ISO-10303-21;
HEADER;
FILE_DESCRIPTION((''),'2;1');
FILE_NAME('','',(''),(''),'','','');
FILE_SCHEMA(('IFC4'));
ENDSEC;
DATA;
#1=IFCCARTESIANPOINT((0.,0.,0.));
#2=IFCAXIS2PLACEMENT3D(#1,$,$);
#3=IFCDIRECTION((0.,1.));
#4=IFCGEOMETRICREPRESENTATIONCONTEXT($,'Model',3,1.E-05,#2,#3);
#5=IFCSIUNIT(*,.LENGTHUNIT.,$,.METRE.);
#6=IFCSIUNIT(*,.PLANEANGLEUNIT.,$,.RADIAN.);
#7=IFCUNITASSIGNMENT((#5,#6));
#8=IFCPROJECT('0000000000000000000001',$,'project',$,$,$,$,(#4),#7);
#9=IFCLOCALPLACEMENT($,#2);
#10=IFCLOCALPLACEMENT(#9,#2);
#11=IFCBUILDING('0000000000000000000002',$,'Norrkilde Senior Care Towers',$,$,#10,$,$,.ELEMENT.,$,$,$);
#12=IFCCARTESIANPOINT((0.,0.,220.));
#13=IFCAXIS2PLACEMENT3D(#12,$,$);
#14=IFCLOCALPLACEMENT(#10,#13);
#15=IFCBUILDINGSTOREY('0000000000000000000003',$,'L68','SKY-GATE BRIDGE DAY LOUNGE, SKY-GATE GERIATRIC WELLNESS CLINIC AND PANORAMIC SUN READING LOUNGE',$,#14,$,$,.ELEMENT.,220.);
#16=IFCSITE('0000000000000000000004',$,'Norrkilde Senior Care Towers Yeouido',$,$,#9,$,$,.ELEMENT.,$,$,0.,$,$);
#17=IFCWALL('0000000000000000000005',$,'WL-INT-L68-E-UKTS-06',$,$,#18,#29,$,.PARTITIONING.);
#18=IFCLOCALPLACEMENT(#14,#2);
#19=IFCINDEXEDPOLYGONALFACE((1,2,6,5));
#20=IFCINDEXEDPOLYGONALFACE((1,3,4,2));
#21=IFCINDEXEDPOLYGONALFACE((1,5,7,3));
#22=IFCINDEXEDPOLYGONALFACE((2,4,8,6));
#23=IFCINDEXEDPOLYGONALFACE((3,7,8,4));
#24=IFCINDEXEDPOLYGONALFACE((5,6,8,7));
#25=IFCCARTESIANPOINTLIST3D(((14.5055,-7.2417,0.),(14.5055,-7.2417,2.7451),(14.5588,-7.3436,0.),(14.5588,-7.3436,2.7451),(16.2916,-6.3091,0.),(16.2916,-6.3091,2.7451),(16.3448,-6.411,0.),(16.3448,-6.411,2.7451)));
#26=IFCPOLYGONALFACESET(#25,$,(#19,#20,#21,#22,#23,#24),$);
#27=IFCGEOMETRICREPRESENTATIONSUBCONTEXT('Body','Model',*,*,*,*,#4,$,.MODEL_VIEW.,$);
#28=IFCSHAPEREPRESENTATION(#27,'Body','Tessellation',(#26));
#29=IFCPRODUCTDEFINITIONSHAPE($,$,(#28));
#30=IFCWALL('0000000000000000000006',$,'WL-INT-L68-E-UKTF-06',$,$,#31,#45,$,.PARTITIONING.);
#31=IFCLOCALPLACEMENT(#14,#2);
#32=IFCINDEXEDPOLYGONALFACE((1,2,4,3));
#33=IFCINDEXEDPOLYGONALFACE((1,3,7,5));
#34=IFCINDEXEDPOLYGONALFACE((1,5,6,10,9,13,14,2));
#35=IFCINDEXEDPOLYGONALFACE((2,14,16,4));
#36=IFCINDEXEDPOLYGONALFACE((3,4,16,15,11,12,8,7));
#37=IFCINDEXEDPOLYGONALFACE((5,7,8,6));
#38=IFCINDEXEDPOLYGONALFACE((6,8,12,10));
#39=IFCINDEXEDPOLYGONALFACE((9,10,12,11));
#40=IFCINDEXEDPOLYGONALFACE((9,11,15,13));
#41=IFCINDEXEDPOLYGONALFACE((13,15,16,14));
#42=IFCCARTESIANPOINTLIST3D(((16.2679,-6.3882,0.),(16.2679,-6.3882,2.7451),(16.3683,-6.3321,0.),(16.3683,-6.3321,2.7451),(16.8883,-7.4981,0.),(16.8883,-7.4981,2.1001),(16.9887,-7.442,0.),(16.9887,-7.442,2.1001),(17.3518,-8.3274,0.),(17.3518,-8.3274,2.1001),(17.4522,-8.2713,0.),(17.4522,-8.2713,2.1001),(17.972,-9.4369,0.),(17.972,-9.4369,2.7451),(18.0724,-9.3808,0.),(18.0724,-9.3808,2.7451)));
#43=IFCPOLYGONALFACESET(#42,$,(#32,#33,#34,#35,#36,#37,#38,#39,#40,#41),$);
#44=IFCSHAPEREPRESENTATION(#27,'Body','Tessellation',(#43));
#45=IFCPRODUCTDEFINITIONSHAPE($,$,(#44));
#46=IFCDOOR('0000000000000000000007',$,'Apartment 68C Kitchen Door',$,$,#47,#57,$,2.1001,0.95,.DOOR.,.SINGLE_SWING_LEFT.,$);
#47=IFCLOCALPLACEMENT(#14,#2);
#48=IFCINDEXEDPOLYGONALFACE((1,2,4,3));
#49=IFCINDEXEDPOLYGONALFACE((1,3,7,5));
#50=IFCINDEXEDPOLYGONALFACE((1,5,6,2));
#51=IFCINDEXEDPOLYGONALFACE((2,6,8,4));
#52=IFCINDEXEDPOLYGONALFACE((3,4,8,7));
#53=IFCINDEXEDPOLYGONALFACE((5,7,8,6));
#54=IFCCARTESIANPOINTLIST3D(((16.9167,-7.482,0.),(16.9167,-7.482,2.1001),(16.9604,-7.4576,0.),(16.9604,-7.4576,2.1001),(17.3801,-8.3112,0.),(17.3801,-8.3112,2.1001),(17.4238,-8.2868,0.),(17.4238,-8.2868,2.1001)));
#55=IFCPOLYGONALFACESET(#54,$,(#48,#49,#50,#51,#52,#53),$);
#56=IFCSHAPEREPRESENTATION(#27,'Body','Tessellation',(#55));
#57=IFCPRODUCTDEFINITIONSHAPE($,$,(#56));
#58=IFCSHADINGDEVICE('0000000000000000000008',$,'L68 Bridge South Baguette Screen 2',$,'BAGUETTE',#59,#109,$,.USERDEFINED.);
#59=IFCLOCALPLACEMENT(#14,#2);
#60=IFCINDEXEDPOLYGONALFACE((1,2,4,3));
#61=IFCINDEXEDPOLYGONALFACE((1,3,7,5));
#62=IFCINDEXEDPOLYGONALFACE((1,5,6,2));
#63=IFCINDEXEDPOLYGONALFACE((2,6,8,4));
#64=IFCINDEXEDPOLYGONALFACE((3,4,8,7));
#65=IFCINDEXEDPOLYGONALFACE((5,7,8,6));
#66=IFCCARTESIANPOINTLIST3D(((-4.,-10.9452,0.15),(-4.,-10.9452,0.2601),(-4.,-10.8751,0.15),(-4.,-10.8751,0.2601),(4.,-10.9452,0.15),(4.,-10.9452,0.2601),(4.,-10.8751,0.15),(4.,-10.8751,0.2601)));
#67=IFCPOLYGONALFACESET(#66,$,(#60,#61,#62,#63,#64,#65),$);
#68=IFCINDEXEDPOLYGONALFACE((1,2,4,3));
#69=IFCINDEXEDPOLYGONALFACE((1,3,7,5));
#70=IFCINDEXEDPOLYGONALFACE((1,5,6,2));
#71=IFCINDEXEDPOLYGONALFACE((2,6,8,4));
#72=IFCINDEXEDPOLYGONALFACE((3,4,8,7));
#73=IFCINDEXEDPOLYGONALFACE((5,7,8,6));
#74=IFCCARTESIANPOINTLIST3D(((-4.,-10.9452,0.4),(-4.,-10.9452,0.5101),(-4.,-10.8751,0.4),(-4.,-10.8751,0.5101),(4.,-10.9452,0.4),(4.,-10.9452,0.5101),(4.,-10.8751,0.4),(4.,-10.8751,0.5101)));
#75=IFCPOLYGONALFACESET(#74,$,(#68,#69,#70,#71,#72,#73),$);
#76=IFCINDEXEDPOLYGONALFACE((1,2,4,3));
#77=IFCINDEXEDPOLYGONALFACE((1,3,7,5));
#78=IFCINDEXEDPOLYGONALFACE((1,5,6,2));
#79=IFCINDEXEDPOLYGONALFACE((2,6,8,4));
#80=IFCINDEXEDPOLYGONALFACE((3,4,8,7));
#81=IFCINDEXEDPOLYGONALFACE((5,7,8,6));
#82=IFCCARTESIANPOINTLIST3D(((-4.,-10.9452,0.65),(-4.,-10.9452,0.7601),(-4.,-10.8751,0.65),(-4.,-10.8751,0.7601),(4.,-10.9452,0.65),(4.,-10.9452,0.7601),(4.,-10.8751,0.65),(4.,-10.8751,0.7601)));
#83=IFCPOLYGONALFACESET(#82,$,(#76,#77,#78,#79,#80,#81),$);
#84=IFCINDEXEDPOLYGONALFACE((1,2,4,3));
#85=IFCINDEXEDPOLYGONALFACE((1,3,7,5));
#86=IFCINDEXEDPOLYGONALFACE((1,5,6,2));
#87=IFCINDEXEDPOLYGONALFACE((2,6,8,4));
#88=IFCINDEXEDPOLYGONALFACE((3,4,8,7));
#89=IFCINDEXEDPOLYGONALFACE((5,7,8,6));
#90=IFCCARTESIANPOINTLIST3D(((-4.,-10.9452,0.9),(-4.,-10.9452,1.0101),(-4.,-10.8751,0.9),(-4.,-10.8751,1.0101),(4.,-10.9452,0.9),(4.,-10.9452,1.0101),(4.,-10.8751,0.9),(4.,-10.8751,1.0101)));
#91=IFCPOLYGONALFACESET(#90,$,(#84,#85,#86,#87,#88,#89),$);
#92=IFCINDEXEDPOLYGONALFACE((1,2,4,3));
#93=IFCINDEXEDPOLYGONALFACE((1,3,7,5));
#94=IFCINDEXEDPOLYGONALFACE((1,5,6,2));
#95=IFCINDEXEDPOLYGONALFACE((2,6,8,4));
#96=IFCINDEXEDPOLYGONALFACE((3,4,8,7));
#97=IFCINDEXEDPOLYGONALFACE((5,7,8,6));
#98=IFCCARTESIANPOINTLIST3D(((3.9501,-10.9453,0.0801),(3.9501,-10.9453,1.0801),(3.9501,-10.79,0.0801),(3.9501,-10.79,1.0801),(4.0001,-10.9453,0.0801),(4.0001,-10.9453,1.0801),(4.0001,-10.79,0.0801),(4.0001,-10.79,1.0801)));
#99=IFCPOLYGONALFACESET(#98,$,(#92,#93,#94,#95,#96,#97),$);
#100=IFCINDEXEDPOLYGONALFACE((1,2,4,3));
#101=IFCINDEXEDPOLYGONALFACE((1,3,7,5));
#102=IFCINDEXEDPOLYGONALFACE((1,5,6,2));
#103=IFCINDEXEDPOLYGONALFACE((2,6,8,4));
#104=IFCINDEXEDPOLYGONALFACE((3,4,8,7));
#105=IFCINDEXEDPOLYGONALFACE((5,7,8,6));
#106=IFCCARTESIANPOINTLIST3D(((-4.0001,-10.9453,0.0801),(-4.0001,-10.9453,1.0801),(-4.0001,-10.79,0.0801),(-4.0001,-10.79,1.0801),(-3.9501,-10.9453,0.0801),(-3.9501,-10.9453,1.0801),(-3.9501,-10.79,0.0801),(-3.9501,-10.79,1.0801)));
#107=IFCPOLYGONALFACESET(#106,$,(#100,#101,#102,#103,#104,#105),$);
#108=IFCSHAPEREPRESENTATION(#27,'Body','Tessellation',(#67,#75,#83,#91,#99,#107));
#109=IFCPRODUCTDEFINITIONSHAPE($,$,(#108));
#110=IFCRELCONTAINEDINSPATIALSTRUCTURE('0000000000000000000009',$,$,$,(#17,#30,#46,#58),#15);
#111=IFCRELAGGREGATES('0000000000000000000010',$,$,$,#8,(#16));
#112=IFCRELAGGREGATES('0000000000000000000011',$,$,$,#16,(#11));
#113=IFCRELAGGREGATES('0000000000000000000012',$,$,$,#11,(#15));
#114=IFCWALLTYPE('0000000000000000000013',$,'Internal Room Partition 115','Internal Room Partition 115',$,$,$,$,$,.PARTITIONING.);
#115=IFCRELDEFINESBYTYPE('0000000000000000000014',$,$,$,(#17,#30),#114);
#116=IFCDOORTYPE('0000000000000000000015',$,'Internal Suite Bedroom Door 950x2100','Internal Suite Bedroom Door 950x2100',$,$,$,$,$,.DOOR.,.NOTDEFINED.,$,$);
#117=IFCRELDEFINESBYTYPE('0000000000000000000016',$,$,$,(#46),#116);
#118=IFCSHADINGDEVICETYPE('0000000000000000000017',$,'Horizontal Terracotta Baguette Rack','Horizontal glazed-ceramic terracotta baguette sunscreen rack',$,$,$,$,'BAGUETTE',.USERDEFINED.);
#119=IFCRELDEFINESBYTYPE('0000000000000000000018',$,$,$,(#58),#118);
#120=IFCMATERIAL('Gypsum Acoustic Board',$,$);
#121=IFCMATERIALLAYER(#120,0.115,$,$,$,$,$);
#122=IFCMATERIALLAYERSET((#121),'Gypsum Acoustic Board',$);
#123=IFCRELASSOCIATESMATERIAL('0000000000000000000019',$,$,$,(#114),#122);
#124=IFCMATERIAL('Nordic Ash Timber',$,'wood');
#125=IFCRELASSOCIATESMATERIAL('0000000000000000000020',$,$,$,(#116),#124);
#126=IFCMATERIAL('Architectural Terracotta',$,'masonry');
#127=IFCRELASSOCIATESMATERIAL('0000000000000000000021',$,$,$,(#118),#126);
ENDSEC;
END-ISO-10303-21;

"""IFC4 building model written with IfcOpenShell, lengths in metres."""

from ifc_helpers import new_model, si_unit, direction, frame, frame_2d, origin, origin_2d, place, context, subcontext, project, spatial, rectangle, extrude, source, transform, mapped, material, layer, layer_set, type_object, type_shapes, element, fill, save


model = new_model("IFC4")

# Units and contexts
model_context = context("Model", 3, precision=1e-05, world=origin(), true_north=direction((0.0, 1.0)))
body_context = subcontext(model_context, "Body", "Model", "MODEL_VIEW")
ifc_project = project(units=[si_unit("LENGTHUNIT", "METRE"), si_unit("PLANEANGLEUNIT", "RADIAN")], contexts=[model_context])

# Site, building, storey
site_placement = place(None, origin())
site = spatial("IfcSite", under=ifc_project, at=site_placement, Name="Norrkilde Senior Care Towers Yeouido", CompositionType="ELEMENT", RefElevation=0.0)
building_placement = place(site_placement, origin())
building = spatial("IfcBuilding", under=site, at=building_placement, Name="Norrkilde Senior Care Towers", CompositionType="ELEMENT")
storey_placement = place(building_placement, frame((0.0, 0.0, 220.0)))
storey = spatial("IfcBuildingStorey", under=building, at=storey_placement, Name="L68", Description="SKY-GATE BRIDGE DAY LOUNGE, SKY-GATE GERIATRIC WELLNESS CLINIC AND PANORAMIC SUN READING LOUNGE", CompositionType="ELEMENT", Elevation=220.0)

# Shared definitions
ifc_material_1 = material(Name="Gypsum Acoustic Board")

# Wall
ifc_layer_1 = layer(ifc_material_1, 0.115)
ifc_layer_set_1 = layer_set([ifc_layer_1], Name="Gypsum Acoustic Board")
wall_type_1 = type_object("IfcWallType", Name="Internal Room Partition 115", Description="Internal Room Partition 115", PredefinedType="PARTITIONING", material=ifc_layer_set_1)
shared_shape_1 = source(origin(), body_context, "Body", "SweptSolid", [
    extrude(rectangle(XDim=2.0149, YDim=0.115, at=frame_2d((1.0073, 0.0))), origin(), (0.0, 0.0, 1.0), 2.7451),
])
wall_1_placement = place(storey_placement, frame((16.3181, -6.3601, 0.0), z_axis=(0.0, 0.0, 1.0), x_axis=(-0.886438, -0.462848, 0.0)))
element("IfcWall", 1, at=wall_1_placement, inside=storey, type_object=wall_type_1, Name="WL-INT-L68-E-UKTS-06", PredefinedType="PARTITIONING", context=body_context, shape_type="MappedRepresentation", body=[
    mapped(shared_shape_1, transform((0.0, 0.0, 0.0), x_axis=(1.0, 0.0, 0.0), y_axis=(0.0, 1.0, 0.0), z_axis=(0.0, 0.0, 1.0), scale=1.0)),
])

# Wall, opening, door
shared_shape_2 = source(origin(), body_context, "Body", "SweptSolid", [
    extrude(rectangle(XDim=3.4927, YDim=0.115, at=frame_2d((1.7463, 0.0))), origin(), (0.0, 0.0, 1.0), 2.7451),
])
type_shapes(wall_type_1, [shared_shape_1, shared_shape_2])
wall_2_placement = place(storey_placement, frame((16.3181, -6.3601, 0.0), z_axis=(0.0, 0.0, 1.0), x_axis=(0.487897, -0.872901, 0.0)))
wall_2 = element("IfcWall", 2, at=wall_2_placement, inside=storey, type_object=wall_type_1, Name="WL-INT-L68-E-UKTF-06", PredefinedType="PARTITIONING", context=body_context, shape_type="MappedRepresentation", body=[
    mapped(shared_shape_2, transform((0.0, 0.0, 0.0), x_axis=(1.0, 0.0, 0.0), y_axis=(0.0, 1.0, 0.0), z_axis=(0.0, 0.0, 1.0), scale=1.0)),
])
opening_1_placement = place(wall_2_placement, frame((1.2715, 0.0, 0.0)))
opening_1 = element("IfcOpeningElement", 3, at=opening_1_placement, cuts=wall_2, PredefinedType="OPENING", context=body_context, shape_type="SweptSolid", body=[
    extrude(rectangle(XDim=0.95, YDim=2.1001, at=frame_2d((0.4751, 1.05))), frame((0.0, 0.0674, 0.0), z_axis=(0.0, -1.0, 0.0), x_axis=(1.0, 0.0, 0.0)), (0.0, 0.0, 1.0), 0.135),
])
ifc_material_2 = material(Name="Nordic Ash Timber", Category="wood")
door_type_1 = type_object("IfcDoorType", Name="Internal Suite Bedroom Door 950x2100", Description="Internal Suite Bedroom Door 950x2100", OperationType="NOTDEFINED", PredefinedType="DOOR", material=ifc_material_2)
shared_shape_3 = source(origin(), body_context, "Body", "SweptSolid", [
    extrude(rectangle(XDim=0.95, YDim=2.1001, at=frame_2d((0.4751, 1.05))), frame((0.0, 0.0249, 0.0), z_axis=(0.0, -1.0, 0.0), x_axis=(1.0, 0.0, 0.0)), (0.0, 0.0, 1.0), 0.05),
])
type_shapes(door_type_1, [shared_shape_3])
door_1_placement = place(opening_1_placement, frame((0.95, 0.0, 0.0), z_axis=(0.0, 0.0, 1.0), x_axis=(-1.0, 0.0, 0.0)))
door_1 = element("IfcDoor", 4, at=door_1_placement, inside=storey, type_object=door_type_1, Name="Apartment 68C Kitchen Door", OperationType="SINGLE_SWING_LEFT", OverallHeight=2.1001, OverallWidth=0.95, PredefinedType="DOOR", context=body_context, shape_type="MappedRepresentation", body=[
    mapped(shared_shape_3, transform((0.0, 0.0, 0.0), x_axis=(1.0, 0.0, 0.0), y_axis=(0.0, 1.0, 0.0), z_axis=(0.0, 0.0, 1.0), scale=1.0)),
])
fill(opening_1, door_1)

# Shading device
ifc_material_3 = material(Name="Architectural Terracotta", Category="masonry")
shading_device_type = type_object("IfcShadingDeviceType", Name="Horizontal Terracotta Baguette Rack", Description="Horizontal glazed-ceramic terracotta baguette sunscreen rack", ElementType="BAGUETTE", PredefinedType="USERDEFINED", material=ifc_material_3)
shared_shape_4 = source(origin(), body_context, "Body", "SweptSolid", [
    extrude(rectangle(XDim=0.0701, YDim=0.1101, at=origin_2d()), frame((0.0, 0.0901, 0.125), z_axis=(1.0, 0.0, 0.0), x_axis=(0.0, 1.0, 0.0)), (0.0, 0.0, 1.0), 8.0),
    extrude(rectangle(XDim=0.0701, YDim=0.1101, at=origin_2d()), frame((0.0, 0.0901, 0.375), z_axis=(1.0, 0.0, 0.0), x_axis=(0.0, 1.0, 0.0)), (0.0, 0.0, 1.0), 8.0),
    extrude(rectangle(XDim=0.0701, YDim=0.1101, at=origin_2d()), frame((0.0, 0.0901, 0.625), z_axis=(1.0, 0.0, 0.0), x_axis=(0.0, 1.0, 0.0)), (0.0, 0.0, 1.0), 8.0),
    extrude(rectangle(XDim=0.0701, YDim=0.1101, at=origin_2d()), frame((0.0, 0.0901, 0.875), z_axis=(1.0, 0.0, 0.0), x_axis=(0.0, 1.0, 0.0)), (0.0, 0.0, 1.0), 8.0),
    extrude(rectangle(XDim=0.05, YDim=0.1553, at=origin_2d()), frame((0.0249, 0.0476, 0.0)), (0.0, 0.0, 1.0), 1.0),
    extrude(rectangle(XDim=0.05, YDim=0.1553, at=origin_2d()), frame((7.9751, 0.0476, 0.0)), (0.0, 0.0, 1.0), 1.0),
])
type_shapes(shading_device_type, [shared_shape_4])
shading_device_placement = place(storey_placement, frame((4.0, -10.8201, 0.0801), z_axis=(0.0, 0.0, 1.0), x_axis=(-1.0, 0.0, 0.0)))
element("IfcShadingDevice", 5, at=shading_device_placement, inside=storey, type_object=shading_device_type, Name="L68 Bridge South Baguette Screen 2", ObjectType="BAGUETTE", PredefinedType="USERDEFINED", context=body_context, shape_type="MappedRepresentation", body=[
    mapped(shared_shape_4, transform((0.0, 0.0, 0.0), x_axis=(1.0, 0.0, 0.0), y_axis=(0.0, 1.0, 0.0), z_axis=(0.0, 0.0, 1.0), scale=1.0)),
])

save(model, "model.ifc")
